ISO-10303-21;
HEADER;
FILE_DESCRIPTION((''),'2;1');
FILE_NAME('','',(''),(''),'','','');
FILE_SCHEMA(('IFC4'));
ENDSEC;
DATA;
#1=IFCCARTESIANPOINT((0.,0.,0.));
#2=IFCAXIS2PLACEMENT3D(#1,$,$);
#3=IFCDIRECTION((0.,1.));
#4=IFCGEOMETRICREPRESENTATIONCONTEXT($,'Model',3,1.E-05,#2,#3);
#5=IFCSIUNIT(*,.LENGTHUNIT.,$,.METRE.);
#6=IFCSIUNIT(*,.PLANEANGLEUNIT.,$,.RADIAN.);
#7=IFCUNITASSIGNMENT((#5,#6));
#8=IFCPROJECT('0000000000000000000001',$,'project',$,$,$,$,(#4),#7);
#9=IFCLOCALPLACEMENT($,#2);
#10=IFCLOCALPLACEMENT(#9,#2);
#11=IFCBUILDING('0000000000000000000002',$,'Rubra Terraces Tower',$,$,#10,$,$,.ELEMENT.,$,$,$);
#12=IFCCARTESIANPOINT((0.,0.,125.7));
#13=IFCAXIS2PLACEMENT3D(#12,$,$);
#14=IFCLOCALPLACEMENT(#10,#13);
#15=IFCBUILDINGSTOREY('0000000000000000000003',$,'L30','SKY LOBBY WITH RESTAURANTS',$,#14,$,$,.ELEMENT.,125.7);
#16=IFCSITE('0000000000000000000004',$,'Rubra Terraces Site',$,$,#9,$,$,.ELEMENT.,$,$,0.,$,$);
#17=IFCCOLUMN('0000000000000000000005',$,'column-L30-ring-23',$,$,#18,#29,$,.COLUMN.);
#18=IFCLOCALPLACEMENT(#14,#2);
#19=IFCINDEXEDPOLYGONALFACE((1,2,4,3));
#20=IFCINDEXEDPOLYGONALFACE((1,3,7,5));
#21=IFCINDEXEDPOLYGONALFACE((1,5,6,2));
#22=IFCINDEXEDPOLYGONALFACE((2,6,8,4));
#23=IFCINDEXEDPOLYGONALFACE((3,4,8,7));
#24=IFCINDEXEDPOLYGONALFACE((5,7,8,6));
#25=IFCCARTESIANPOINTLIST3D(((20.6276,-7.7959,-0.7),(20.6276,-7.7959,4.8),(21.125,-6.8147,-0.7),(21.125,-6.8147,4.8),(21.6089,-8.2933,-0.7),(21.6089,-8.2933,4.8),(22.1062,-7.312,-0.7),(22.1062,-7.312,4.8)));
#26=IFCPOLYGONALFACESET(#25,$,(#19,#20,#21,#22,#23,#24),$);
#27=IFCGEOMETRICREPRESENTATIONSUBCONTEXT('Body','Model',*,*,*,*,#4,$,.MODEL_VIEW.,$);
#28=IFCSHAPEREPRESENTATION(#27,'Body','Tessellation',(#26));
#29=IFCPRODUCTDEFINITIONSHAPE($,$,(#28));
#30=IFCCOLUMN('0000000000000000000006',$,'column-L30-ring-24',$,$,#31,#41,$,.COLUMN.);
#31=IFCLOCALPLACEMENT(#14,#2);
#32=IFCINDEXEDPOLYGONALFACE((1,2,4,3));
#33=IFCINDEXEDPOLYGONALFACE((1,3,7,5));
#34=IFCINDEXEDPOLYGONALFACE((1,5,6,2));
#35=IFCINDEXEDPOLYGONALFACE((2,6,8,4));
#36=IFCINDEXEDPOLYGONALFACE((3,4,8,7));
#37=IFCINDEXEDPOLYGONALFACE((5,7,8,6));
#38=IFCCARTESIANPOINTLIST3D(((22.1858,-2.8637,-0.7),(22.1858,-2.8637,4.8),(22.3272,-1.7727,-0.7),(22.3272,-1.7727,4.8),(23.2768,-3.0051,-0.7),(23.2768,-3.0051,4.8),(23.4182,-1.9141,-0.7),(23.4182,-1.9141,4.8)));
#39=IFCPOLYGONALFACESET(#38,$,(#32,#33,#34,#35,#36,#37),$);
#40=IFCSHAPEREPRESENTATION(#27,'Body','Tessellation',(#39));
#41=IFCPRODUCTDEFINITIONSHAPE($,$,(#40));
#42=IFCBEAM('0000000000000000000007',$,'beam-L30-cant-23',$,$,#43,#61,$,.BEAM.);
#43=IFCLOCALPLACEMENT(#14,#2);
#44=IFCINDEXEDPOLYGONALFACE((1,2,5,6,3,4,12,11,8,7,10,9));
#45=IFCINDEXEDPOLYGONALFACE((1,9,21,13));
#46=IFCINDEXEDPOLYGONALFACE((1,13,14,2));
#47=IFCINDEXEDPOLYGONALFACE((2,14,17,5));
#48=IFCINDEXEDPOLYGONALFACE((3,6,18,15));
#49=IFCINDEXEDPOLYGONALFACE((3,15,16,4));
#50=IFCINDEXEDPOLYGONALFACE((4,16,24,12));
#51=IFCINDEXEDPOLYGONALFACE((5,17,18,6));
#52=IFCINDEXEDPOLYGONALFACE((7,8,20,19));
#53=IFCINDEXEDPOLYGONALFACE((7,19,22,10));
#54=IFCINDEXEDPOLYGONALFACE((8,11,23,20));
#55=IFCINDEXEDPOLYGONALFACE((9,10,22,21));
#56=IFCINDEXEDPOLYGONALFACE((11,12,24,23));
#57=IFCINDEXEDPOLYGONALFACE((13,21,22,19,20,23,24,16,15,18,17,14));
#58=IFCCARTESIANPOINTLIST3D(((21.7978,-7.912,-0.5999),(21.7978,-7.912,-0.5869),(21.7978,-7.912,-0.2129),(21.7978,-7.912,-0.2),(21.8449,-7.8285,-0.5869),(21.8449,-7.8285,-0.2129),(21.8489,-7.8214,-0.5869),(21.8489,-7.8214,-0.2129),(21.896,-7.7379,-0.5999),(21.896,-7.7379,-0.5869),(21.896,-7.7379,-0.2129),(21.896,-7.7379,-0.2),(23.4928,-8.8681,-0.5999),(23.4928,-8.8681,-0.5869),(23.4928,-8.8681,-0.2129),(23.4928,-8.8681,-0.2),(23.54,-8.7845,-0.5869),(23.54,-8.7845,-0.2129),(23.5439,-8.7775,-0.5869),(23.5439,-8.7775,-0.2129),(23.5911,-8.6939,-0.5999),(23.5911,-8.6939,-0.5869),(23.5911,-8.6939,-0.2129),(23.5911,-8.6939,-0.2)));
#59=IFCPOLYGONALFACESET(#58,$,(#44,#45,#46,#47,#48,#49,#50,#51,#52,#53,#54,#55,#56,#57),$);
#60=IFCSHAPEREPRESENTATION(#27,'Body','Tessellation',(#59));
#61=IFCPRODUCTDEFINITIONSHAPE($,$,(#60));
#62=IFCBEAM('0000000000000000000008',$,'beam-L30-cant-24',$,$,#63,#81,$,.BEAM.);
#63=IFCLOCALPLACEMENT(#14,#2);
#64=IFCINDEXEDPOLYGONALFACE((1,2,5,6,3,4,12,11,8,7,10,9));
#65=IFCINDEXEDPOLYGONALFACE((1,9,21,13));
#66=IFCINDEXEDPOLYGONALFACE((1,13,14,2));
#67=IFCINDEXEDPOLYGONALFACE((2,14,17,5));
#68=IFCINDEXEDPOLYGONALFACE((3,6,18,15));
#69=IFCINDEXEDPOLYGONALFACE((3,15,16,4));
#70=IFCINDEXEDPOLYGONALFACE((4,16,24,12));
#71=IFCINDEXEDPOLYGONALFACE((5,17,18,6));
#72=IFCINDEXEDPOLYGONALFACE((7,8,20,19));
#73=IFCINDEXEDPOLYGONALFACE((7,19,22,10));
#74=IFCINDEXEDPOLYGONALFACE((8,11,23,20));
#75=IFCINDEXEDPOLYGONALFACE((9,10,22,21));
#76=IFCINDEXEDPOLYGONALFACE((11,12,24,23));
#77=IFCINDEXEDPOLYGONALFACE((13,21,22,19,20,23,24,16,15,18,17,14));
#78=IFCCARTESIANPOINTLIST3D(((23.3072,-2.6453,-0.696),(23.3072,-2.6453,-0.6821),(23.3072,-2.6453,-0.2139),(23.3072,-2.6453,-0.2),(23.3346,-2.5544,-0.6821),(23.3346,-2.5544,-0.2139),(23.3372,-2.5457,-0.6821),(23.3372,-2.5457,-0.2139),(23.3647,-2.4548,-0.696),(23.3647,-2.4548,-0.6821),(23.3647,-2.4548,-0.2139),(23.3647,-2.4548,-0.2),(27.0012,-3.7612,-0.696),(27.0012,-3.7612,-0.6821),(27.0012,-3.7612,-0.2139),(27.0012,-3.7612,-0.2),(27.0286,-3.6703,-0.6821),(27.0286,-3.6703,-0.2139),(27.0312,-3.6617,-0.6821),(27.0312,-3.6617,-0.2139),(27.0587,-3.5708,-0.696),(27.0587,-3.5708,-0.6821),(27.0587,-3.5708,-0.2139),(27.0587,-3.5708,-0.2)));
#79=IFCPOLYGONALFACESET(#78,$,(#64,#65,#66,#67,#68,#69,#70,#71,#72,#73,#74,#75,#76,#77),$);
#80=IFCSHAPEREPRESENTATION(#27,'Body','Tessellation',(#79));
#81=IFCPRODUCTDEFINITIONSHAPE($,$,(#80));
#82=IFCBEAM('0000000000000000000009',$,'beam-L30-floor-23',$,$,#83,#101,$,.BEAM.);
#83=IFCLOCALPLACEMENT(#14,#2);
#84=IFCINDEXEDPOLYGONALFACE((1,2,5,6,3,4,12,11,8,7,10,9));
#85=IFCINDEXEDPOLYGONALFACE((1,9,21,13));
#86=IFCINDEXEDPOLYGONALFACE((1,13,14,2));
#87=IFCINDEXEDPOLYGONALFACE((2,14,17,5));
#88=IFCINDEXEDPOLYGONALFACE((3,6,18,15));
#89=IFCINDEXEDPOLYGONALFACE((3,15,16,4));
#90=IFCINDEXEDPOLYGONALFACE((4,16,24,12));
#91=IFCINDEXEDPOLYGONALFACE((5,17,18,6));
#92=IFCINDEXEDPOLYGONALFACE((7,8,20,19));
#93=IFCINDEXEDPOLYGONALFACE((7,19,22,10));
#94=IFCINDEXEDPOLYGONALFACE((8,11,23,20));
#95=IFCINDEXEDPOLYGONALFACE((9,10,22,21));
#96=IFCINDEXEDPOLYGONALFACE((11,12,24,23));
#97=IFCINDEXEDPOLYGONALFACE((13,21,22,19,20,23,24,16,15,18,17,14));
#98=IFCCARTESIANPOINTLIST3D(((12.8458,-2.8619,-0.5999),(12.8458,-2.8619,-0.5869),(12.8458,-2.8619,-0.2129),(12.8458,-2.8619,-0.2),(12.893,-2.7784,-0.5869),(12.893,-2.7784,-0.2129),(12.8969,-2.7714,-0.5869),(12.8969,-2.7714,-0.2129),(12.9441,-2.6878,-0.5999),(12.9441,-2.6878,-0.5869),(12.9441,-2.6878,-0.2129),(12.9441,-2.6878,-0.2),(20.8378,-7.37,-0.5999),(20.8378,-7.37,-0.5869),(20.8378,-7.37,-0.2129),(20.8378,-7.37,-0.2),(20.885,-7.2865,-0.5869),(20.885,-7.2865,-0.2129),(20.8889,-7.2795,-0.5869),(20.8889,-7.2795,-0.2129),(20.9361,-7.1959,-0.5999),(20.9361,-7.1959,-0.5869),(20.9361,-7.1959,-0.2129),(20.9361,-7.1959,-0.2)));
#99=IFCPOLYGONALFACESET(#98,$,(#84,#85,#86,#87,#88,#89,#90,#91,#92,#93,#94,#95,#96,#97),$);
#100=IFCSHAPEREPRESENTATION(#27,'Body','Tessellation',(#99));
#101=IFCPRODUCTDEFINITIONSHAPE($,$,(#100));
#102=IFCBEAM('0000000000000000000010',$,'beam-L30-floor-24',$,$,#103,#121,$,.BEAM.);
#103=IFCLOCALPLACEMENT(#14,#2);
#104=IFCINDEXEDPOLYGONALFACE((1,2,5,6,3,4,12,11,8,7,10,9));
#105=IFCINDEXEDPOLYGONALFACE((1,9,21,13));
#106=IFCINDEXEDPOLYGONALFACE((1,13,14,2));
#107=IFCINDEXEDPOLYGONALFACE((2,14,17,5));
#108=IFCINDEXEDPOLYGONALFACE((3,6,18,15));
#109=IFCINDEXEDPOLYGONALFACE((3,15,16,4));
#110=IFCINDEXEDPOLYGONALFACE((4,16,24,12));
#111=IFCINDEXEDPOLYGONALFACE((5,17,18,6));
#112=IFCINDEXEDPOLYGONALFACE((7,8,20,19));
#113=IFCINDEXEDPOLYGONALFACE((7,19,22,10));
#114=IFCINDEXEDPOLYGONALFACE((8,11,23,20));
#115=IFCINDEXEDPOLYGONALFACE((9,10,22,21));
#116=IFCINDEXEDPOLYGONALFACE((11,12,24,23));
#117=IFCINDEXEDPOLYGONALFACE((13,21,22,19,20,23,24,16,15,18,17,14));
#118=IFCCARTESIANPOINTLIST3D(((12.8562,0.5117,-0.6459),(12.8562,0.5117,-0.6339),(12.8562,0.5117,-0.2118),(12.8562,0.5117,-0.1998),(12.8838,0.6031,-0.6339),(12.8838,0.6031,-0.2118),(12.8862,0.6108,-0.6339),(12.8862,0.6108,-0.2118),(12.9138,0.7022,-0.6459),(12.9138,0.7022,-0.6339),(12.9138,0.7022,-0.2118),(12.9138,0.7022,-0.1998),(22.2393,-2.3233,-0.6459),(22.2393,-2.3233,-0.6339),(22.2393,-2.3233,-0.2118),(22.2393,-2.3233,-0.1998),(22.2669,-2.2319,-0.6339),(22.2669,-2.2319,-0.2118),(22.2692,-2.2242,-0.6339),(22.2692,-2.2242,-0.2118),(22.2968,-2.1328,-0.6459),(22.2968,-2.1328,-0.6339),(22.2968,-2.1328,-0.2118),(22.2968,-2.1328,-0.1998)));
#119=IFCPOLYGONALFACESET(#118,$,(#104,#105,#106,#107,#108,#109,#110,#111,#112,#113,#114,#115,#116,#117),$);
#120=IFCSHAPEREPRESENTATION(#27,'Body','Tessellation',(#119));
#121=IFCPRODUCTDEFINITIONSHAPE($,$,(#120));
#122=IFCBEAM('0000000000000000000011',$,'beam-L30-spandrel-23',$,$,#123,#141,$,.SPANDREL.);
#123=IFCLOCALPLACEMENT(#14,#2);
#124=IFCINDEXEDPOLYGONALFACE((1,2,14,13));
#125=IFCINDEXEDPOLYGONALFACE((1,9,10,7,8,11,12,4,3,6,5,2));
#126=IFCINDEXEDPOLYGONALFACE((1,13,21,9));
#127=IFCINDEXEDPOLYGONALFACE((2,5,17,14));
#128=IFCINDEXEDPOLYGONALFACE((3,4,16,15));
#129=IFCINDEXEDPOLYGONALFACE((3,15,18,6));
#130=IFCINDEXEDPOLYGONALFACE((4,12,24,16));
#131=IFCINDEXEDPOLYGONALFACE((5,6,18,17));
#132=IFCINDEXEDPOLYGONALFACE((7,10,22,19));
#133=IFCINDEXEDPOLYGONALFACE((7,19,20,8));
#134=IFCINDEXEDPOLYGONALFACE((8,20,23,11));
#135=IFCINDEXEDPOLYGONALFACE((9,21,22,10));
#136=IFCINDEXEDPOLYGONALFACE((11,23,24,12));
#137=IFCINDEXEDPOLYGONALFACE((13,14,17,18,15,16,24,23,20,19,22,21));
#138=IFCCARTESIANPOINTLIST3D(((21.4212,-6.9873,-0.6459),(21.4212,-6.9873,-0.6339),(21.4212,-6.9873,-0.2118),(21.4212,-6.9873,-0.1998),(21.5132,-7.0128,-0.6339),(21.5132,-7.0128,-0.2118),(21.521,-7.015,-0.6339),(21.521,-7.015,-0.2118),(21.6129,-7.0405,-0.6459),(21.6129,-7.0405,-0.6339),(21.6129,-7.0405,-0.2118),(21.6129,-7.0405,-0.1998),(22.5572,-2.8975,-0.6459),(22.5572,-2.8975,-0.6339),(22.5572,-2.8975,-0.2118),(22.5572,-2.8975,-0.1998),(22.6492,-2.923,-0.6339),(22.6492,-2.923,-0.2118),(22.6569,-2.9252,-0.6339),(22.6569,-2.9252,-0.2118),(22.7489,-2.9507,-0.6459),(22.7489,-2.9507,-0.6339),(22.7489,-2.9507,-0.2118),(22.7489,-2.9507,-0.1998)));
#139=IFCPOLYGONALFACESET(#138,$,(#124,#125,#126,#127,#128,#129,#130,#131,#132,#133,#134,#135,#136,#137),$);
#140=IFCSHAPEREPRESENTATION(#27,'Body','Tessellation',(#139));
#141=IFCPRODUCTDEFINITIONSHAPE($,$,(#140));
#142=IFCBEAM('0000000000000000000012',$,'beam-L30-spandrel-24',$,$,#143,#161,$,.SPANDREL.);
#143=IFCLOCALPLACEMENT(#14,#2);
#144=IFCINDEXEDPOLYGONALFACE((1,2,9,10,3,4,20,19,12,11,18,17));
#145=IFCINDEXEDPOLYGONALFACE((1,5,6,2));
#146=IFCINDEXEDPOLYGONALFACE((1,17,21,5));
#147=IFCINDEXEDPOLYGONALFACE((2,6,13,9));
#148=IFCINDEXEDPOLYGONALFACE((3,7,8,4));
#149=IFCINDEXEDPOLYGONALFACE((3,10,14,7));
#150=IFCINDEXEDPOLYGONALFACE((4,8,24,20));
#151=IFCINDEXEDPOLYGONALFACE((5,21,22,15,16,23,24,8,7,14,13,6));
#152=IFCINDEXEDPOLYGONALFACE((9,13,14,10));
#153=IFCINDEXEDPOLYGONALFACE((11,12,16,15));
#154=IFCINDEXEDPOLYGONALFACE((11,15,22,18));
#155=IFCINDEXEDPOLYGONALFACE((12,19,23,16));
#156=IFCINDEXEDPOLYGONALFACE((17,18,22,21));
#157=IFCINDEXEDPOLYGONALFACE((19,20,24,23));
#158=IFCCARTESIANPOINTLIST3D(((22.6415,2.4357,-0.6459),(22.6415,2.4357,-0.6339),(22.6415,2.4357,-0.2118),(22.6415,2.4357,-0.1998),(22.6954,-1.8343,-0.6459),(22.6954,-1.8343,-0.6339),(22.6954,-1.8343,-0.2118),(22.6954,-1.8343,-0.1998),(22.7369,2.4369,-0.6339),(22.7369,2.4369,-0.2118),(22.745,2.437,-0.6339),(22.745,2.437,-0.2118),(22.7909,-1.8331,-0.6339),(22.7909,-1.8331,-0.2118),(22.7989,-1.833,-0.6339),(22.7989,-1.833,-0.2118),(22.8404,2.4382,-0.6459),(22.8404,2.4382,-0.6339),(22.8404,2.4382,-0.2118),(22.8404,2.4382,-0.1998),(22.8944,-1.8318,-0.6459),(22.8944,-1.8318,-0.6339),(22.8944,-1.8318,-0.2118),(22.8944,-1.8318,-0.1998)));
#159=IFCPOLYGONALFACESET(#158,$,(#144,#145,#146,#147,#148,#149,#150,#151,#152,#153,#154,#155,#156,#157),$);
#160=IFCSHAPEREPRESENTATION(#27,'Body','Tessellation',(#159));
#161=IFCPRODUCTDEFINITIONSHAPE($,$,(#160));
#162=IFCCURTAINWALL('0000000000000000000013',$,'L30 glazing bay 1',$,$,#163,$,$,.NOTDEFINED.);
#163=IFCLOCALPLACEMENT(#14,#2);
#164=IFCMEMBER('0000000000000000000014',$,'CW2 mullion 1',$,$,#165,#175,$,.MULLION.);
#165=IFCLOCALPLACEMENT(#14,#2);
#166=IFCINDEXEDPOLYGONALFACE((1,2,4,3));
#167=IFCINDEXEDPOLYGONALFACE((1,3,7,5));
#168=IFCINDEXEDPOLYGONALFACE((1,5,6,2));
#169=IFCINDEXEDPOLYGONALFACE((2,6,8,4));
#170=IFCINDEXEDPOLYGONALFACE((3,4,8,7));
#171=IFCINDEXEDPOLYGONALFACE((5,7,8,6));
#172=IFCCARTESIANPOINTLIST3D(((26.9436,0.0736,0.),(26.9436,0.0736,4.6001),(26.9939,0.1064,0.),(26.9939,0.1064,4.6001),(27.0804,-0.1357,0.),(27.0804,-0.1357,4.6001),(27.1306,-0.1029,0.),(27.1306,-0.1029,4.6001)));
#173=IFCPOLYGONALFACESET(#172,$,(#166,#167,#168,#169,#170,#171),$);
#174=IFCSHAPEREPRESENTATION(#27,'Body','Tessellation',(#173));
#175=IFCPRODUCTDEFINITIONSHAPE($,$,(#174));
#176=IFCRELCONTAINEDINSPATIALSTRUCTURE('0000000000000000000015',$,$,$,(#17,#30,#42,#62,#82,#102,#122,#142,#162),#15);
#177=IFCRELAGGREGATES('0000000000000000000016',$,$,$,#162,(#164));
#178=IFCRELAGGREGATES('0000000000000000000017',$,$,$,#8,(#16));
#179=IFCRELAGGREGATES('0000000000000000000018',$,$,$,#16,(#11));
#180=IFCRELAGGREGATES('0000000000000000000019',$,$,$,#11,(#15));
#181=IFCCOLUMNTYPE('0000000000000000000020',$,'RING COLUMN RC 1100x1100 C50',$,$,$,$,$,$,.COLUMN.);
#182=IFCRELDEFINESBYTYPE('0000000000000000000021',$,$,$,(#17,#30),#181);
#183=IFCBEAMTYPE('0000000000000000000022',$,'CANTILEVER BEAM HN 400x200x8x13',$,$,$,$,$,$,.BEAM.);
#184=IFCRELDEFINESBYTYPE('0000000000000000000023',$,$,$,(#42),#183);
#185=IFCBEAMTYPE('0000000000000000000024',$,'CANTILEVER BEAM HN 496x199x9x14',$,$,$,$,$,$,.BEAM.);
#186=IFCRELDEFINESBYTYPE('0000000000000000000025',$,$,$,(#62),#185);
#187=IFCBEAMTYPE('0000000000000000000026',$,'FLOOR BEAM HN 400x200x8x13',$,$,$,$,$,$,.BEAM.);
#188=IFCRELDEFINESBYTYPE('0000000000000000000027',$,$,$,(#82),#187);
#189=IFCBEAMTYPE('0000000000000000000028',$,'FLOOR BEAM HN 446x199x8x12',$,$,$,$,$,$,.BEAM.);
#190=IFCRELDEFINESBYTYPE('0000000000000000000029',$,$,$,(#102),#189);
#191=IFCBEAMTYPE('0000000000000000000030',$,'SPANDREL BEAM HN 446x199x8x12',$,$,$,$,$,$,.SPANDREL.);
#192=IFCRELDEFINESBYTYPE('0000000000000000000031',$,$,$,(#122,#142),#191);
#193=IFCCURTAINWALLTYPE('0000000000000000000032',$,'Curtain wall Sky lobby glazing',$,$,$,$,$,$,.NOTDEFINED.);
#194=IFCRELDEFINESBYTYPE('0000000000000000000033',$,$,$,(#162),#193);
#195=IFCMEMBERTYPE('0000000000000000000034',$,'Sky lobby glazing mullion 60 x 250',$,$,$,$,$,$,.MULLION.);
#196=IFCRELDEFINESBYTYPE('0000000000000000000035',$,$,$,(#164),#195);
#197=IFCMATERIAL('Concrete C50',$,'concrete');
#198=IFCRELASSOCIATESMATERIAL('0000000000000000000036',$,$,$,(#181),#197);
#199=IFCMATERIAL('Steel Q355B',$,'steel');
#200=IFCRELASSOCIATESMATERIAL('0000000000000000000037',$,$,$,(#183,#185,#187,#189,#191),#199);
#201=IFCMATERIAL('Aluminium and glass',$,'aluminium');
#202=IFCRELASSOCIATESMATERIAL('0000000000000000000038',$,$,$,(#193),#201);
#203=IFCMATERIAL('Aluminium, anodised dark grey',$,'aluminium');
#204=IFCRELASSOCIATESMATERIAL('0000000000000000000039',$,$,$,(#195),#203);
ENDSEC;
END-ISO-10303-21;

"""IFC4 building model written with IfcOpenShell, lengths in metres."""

from ifc_helpers import new_model, si_unit, direction, frame, origin, origin_2d, place, context, subcontext, project, spatial, rectangle, i_section, extrude, material, material_profile, profile_set, type_object, element, aggregate, save


model = new_model("IFC4")

# Units and contexts
model_context = context("Model", 3, precision=1e-05, world=origin(), true_north=direction((0.0, 1.0)))
body_context = subcontext(model_context, "Body", "Model", "MODEL_VIEW")
ifc_project = project(units=[si_unit("LENGTHUNIT", "METRE"), si_unit("PLANEANGLEUNIT", "RADIAN")], contexts=[model_context])

# Site, building, storey
site_placement = place(None, origin())
site = spatial("IfcSite", under=ifc_project, at=site_placement, Name="Rubra Terraces Site", CompositionType="ELEMENT", RefElevation=0.0)
building_placement = place(site_placement, origin())
building = spatial("IfcBuilding", under=site, at=building_placement, Name="Rubra Terraces Tower", CompositionType="ELEMENT")
storey_placement = place(building_placement, frame((0.0, 0.0, 125.7)))
storey = spatial("IfcBuildingStorey", under=building, at=storey_placement, Name="L30", Description="SKY LOBBY WITH RESTAURANTS", CompositionType="ELEMENT", Elevation=125.7)

# Columns
ifc_material_1 = material(Name="Concrete C50", Category="concrete")
ifc_material_profile_1 = material_profile(ifc_material_1, rectangle(XDim=1.1001, YDim=1.1001, at=origin_2d()), Name="RC 1100x1100")
ifc_profile_set_1 = profile_set([ifc_material_profile_1], Name="Concrete C50")
column_type = type_object("IfcColumnType", Name="RING COLUMN RC 1100x1100 C50", PredefinedType="COLUMN", material=ifc_profile_set_1)
for number, where, z_axis, x_axis, name in (
    (1, (21.3669, -7.554, -0.7), (0.0, 0.0, 1.0), (0.452079, 0.891978, 0.0), "column-L30-ring-23"),
    (2, (22.802, -2.3889, -0.7), (0.0, 0.0, 1.0), (0.128535, 0.991705, 0.0), "column-L30-ring-24"),
):
    element("IfcColumn", number, at=place(storey_placement, frame(where, z_axis=z_axis, x_axis=x_axis)), inside=storey, type_object=column_type, Name=name, PredefinedType="COLUMN", context=body_context, shape_type="SweptSolid", body=[
        extrude(rectangle(XDim=1.1001, YDim=1.1001, at=origin_2d()), origin(), (0.0, 0.0, 1.0), 5.5),
    ])

# Beams
ifc_material_2 = material(Name="Steel Q355B", Category="steel")
ifc_material_profile_2 = material_profile(ifc_material_2, i_section(OverallWidth=0.2, OverallDepth=0.3999, WebThickness=0.0081, FlangeThickness=0.0129, at=origin_2d()), Name="HN 400x200x8x13")
ifc_profile_set_2 = profile_set([ifc_material_profile_2], Name="Steel Q355B")
beam_type_1 = type_object("IfcBeamType", Name="CANTILEVER BEAM HN 400x200x8x13", PredefinedType="BEAM", material=ifc_profile_set_2)
beam_1_placement = place(storey_placement, frame((21.8469, -7.825, -0.3999), z_axis=(0.871009, -0.491268, 0.0), x_axis=(0.491268, 0.871009, 0.0)))
element("IfcBeam", 3, at=beam_1_placement, inside=storey, type_object=beam_type_1, Name="beam-L30-cant-23", PredefinedType="BEAM", context=body_context, shape_type="SweptSolid", body=[
    extrude(i_section(OverallWidth=0.2, OverallDepth=0.3999, WebThickness=0.0081, FlangeThickness=0.0129, at=origin_2d()), origin(), (0.0, 0.0, 1.0), 1.946),
])
ifc_material_profile_3 = material_profile(ifc_material_2, i_section(OverallWidth=0.199, OverallDepth=0.4961, WebThickness=0.009, FlangeThickness=0.0139, at=origin_2d()), Name="HN 496x199x9x14")
ifc_profile_set_3 = profile_set([ifc_material_profile_3], Name="Steel Q355B")
beam_type_2 = type_object("IfcBeamType", Name="CANTILEVER BEAM HN 496x199x9x14", PredefinedType="BEAM", material=ifc_profile_set_3)
beam_2_placement = place(storey_placement, frame((23.3359, -2.55, -0.448), z_axis=(0.957273, -0.289187, 0.0), x_axis=(0.289187, 0.957273, 0.0)))
element("IfcBeam", 4, at=beam_2_placement, inside=storey, type_object=beam_type_2, Name="beam-L30-cant-24", PredefinedType="BEAM", context=body_context, shape_type="SweptSolid", body=[
    extrude(i_section(OverallWidth=0.199, OverallDepth=0.4961, WebThickness=0.009, FlangeThickness=0.0139, at=origin_2d()), origin(), (0.0, 0.0, 1.0), 3.8589),
])
ifc_material_profile_4 = material_profile(ifc_material_2, i_section(OverallWidth=0.2, OverallDepth=0.3999, WebThickness=0.0081, FlangeThickness=0.0129, at=origin_2d()), Name="HN 400x200x8x13")
ifc_profile_set_4 = profile_set([ifc_material_profile_4], Name="Steel Q355B")
beam_type_3 = type_object("IfcBeamType", Name="FLOOR BEAM HN 400x200x8x13", PredefinedType="BEAM", material=ifc_profile_set_4)
beam_3_placement = place(storey_placement, frame((20.887, -7.283, -0.3999), z_axis=(-0.870989, 0.491303, 0.0), x_axis=(-0.491303, -0.870989, 0.0)))
element("IfcBeam", 5, at=beam_3_placement, inside=storey, type_object=beam_type_3, Name="beam-L30-floor-23", PredefinedType="BEAM", context=body_context, shape_type="SweptSolid", body=[
    extrude(i_section(OverallWidth=0.2, OverallDepth=0.3999, WebThickness=0.0081, FlangeThickness=0.0129, at=origin_2d()), origin(), (0.0, 0.0, 1.0), 9.1758),
])
ifc_material_profile_5 = material_profile(ifc_material_2, i_section(OverallWidth=0.199, OverallDepth=0.446, WebThickness=0.0081, FlangeThickness=0.012, at=origin_2d()), Name="HN 446x199x8x12")
ifc_profile_set_5 = profile_set([ifc_material_profile_5], Name="Steel Q355B")
beam_type_4 = type_object("IfcBeamType", Name="FLOOR BEAM HN 446x199x8x12", PredefinedType="BEAM", material=ifc_profile_set_5)
beam_4_placement = place(storey_placement, frame((22.2681, -2.228, -0.4229), z_axis=(-0.957262, 0.289223, 0.0), x_axis=(-0.289223, -0.957262, 0.0)))
element("IfcBeam", 6, at=beam_4_placement, inside=storey, type_object=beam_type_4, Name="beam-L30-floor-24", PredefinedType="BEAM", context=body_context, shape_type="SweptSolid", body=[
    extrude(i_section(OverallWidth=0.199, OverallDepth=0.446, WebThickness=0.0081, FlangeThickness=0.012, at=origin_2d()), origin(), (0.0, 0.0, 1.0), 9.802),
])
ifc_material_profile_6 = material_profile(ifc_material_2, i_section(OverallWidth=0.199, OverallDepth=0.446, WebThickness=0.0081, FlangeThickness=0.012, at=origin_2d()), Name="HN 446x199x8x12")
ifc_profile_set_6 = profile_set([ifc_material_profile_6], Name="Steel Q355B")
beam_type_5 = type_object("IfcBeamType", Name="SPANDREL BEAM HN 446x199x8x12", PredefinedType="SPANDREL", material=ifc_profile_set_6)
beam_5_placement = place(storey_placement, frame((21.5171, -7.0139, -0.4229), z_axis=(0.267626, 0.963523, 0.0), x_axis=(-0.963523, 0.267626, 0.0)))
element("IfcBeam", 7, at=beam_5_placement, inside=storey, type_object=beam_type_5, Name="beam-L30-spandrel-23", PredefinedType="SPANDREL", context=body_context, shape_type="SweptSolid", body=[
    extrude(i_section(OverallWidth=0.199, OverallDepth=0.446, WebThickness=0.0081, FlangeThickness=0.012, at=origin_2d()), origin(), (0.0, 0.0, 1.0), 4.2446),
])
beam_6_placement = place(storey_placement, frame((22.7949, -1.833, -0.4229), z_axis=(-0.012635, 0.99992, 0.0), x_axis=(-0.99992, -0.012635, 0.0)))
element("IfcBeam", 8, at=beam_6_placement, inside=storey, type_object=beam_type_5, Name="beam-L30-spandrel-24", PredefinedType="SPANDREL", context=body_context, shape_type="SweptSolid", body=[
    extrude(i_section(OverallWidth=0.199, OverallDepth=0.446, WebThickness=0.0081, FlangeThickness=0.012, at=origin_2d()), origin(), (0.0, 0.0, 1.0), 4.2703),
])

# Curtain wall, member
ifc_material_3 = material(Name="Aluminium and glass", Category="aluminium")
curtain_wall_type = type_object("IfcCurtainWallType", Name="Curtain wall Sky lobby glazing", PredefinedType="NOTDEFINED", material=ifc_material_3)
curtain_wall_1_placement = place(storey_placement, origin())
curtain_wall_1 = element("IfcCurtainWall", 9, at=curtain_wall_1_placement, inside=storey, type_object=curtain_wall_type, Name="L30 glazing bay 1", PredefinedType="NOTDEFINED")
ifc_material_4 = material(Name="Aluminium, anodised dark grey", Category="aluminium")
ifc_material_profile_7 = material_profile(ifc_material_4, rectangle(XDim=0.0601, YDim=0.25, at=origin_2d()), Name="AL 60x250")
ifc_profile_set_7 = profile_set([ifc_material_profile_7], Name="Aluminium, anodised dark grey")
member_type_1 = type_object("IfcMemberType", Name="Sky lobby glazing mullion 60 x 250", PredefinedType="MULLION", material=ifc_profile_set_7)
member_1_placement = place(storey_placement, frame((27.0371, -0.0146, 0.0), z_axis=(0.0, 0.0, 1.0), x_axis=(-0.837102, -0.547047, 0.0)))
member_1 = element("IfcMember", 10, at=member_1_placement, type_object=member_type_1, Name="CW2 mullion 1", PredefinedType="MULLION", context=body_context, shape_type="SweptSolid", body=[
    extrude(rectangle(XDim=0.0601, YDim=0.25, at=origin_2d()), origin(), (0.0, 0.0, 1.0), 4.6001),
])

aggregate(curtain_wall_1, [member_1])

save(model, "model.ifc")
